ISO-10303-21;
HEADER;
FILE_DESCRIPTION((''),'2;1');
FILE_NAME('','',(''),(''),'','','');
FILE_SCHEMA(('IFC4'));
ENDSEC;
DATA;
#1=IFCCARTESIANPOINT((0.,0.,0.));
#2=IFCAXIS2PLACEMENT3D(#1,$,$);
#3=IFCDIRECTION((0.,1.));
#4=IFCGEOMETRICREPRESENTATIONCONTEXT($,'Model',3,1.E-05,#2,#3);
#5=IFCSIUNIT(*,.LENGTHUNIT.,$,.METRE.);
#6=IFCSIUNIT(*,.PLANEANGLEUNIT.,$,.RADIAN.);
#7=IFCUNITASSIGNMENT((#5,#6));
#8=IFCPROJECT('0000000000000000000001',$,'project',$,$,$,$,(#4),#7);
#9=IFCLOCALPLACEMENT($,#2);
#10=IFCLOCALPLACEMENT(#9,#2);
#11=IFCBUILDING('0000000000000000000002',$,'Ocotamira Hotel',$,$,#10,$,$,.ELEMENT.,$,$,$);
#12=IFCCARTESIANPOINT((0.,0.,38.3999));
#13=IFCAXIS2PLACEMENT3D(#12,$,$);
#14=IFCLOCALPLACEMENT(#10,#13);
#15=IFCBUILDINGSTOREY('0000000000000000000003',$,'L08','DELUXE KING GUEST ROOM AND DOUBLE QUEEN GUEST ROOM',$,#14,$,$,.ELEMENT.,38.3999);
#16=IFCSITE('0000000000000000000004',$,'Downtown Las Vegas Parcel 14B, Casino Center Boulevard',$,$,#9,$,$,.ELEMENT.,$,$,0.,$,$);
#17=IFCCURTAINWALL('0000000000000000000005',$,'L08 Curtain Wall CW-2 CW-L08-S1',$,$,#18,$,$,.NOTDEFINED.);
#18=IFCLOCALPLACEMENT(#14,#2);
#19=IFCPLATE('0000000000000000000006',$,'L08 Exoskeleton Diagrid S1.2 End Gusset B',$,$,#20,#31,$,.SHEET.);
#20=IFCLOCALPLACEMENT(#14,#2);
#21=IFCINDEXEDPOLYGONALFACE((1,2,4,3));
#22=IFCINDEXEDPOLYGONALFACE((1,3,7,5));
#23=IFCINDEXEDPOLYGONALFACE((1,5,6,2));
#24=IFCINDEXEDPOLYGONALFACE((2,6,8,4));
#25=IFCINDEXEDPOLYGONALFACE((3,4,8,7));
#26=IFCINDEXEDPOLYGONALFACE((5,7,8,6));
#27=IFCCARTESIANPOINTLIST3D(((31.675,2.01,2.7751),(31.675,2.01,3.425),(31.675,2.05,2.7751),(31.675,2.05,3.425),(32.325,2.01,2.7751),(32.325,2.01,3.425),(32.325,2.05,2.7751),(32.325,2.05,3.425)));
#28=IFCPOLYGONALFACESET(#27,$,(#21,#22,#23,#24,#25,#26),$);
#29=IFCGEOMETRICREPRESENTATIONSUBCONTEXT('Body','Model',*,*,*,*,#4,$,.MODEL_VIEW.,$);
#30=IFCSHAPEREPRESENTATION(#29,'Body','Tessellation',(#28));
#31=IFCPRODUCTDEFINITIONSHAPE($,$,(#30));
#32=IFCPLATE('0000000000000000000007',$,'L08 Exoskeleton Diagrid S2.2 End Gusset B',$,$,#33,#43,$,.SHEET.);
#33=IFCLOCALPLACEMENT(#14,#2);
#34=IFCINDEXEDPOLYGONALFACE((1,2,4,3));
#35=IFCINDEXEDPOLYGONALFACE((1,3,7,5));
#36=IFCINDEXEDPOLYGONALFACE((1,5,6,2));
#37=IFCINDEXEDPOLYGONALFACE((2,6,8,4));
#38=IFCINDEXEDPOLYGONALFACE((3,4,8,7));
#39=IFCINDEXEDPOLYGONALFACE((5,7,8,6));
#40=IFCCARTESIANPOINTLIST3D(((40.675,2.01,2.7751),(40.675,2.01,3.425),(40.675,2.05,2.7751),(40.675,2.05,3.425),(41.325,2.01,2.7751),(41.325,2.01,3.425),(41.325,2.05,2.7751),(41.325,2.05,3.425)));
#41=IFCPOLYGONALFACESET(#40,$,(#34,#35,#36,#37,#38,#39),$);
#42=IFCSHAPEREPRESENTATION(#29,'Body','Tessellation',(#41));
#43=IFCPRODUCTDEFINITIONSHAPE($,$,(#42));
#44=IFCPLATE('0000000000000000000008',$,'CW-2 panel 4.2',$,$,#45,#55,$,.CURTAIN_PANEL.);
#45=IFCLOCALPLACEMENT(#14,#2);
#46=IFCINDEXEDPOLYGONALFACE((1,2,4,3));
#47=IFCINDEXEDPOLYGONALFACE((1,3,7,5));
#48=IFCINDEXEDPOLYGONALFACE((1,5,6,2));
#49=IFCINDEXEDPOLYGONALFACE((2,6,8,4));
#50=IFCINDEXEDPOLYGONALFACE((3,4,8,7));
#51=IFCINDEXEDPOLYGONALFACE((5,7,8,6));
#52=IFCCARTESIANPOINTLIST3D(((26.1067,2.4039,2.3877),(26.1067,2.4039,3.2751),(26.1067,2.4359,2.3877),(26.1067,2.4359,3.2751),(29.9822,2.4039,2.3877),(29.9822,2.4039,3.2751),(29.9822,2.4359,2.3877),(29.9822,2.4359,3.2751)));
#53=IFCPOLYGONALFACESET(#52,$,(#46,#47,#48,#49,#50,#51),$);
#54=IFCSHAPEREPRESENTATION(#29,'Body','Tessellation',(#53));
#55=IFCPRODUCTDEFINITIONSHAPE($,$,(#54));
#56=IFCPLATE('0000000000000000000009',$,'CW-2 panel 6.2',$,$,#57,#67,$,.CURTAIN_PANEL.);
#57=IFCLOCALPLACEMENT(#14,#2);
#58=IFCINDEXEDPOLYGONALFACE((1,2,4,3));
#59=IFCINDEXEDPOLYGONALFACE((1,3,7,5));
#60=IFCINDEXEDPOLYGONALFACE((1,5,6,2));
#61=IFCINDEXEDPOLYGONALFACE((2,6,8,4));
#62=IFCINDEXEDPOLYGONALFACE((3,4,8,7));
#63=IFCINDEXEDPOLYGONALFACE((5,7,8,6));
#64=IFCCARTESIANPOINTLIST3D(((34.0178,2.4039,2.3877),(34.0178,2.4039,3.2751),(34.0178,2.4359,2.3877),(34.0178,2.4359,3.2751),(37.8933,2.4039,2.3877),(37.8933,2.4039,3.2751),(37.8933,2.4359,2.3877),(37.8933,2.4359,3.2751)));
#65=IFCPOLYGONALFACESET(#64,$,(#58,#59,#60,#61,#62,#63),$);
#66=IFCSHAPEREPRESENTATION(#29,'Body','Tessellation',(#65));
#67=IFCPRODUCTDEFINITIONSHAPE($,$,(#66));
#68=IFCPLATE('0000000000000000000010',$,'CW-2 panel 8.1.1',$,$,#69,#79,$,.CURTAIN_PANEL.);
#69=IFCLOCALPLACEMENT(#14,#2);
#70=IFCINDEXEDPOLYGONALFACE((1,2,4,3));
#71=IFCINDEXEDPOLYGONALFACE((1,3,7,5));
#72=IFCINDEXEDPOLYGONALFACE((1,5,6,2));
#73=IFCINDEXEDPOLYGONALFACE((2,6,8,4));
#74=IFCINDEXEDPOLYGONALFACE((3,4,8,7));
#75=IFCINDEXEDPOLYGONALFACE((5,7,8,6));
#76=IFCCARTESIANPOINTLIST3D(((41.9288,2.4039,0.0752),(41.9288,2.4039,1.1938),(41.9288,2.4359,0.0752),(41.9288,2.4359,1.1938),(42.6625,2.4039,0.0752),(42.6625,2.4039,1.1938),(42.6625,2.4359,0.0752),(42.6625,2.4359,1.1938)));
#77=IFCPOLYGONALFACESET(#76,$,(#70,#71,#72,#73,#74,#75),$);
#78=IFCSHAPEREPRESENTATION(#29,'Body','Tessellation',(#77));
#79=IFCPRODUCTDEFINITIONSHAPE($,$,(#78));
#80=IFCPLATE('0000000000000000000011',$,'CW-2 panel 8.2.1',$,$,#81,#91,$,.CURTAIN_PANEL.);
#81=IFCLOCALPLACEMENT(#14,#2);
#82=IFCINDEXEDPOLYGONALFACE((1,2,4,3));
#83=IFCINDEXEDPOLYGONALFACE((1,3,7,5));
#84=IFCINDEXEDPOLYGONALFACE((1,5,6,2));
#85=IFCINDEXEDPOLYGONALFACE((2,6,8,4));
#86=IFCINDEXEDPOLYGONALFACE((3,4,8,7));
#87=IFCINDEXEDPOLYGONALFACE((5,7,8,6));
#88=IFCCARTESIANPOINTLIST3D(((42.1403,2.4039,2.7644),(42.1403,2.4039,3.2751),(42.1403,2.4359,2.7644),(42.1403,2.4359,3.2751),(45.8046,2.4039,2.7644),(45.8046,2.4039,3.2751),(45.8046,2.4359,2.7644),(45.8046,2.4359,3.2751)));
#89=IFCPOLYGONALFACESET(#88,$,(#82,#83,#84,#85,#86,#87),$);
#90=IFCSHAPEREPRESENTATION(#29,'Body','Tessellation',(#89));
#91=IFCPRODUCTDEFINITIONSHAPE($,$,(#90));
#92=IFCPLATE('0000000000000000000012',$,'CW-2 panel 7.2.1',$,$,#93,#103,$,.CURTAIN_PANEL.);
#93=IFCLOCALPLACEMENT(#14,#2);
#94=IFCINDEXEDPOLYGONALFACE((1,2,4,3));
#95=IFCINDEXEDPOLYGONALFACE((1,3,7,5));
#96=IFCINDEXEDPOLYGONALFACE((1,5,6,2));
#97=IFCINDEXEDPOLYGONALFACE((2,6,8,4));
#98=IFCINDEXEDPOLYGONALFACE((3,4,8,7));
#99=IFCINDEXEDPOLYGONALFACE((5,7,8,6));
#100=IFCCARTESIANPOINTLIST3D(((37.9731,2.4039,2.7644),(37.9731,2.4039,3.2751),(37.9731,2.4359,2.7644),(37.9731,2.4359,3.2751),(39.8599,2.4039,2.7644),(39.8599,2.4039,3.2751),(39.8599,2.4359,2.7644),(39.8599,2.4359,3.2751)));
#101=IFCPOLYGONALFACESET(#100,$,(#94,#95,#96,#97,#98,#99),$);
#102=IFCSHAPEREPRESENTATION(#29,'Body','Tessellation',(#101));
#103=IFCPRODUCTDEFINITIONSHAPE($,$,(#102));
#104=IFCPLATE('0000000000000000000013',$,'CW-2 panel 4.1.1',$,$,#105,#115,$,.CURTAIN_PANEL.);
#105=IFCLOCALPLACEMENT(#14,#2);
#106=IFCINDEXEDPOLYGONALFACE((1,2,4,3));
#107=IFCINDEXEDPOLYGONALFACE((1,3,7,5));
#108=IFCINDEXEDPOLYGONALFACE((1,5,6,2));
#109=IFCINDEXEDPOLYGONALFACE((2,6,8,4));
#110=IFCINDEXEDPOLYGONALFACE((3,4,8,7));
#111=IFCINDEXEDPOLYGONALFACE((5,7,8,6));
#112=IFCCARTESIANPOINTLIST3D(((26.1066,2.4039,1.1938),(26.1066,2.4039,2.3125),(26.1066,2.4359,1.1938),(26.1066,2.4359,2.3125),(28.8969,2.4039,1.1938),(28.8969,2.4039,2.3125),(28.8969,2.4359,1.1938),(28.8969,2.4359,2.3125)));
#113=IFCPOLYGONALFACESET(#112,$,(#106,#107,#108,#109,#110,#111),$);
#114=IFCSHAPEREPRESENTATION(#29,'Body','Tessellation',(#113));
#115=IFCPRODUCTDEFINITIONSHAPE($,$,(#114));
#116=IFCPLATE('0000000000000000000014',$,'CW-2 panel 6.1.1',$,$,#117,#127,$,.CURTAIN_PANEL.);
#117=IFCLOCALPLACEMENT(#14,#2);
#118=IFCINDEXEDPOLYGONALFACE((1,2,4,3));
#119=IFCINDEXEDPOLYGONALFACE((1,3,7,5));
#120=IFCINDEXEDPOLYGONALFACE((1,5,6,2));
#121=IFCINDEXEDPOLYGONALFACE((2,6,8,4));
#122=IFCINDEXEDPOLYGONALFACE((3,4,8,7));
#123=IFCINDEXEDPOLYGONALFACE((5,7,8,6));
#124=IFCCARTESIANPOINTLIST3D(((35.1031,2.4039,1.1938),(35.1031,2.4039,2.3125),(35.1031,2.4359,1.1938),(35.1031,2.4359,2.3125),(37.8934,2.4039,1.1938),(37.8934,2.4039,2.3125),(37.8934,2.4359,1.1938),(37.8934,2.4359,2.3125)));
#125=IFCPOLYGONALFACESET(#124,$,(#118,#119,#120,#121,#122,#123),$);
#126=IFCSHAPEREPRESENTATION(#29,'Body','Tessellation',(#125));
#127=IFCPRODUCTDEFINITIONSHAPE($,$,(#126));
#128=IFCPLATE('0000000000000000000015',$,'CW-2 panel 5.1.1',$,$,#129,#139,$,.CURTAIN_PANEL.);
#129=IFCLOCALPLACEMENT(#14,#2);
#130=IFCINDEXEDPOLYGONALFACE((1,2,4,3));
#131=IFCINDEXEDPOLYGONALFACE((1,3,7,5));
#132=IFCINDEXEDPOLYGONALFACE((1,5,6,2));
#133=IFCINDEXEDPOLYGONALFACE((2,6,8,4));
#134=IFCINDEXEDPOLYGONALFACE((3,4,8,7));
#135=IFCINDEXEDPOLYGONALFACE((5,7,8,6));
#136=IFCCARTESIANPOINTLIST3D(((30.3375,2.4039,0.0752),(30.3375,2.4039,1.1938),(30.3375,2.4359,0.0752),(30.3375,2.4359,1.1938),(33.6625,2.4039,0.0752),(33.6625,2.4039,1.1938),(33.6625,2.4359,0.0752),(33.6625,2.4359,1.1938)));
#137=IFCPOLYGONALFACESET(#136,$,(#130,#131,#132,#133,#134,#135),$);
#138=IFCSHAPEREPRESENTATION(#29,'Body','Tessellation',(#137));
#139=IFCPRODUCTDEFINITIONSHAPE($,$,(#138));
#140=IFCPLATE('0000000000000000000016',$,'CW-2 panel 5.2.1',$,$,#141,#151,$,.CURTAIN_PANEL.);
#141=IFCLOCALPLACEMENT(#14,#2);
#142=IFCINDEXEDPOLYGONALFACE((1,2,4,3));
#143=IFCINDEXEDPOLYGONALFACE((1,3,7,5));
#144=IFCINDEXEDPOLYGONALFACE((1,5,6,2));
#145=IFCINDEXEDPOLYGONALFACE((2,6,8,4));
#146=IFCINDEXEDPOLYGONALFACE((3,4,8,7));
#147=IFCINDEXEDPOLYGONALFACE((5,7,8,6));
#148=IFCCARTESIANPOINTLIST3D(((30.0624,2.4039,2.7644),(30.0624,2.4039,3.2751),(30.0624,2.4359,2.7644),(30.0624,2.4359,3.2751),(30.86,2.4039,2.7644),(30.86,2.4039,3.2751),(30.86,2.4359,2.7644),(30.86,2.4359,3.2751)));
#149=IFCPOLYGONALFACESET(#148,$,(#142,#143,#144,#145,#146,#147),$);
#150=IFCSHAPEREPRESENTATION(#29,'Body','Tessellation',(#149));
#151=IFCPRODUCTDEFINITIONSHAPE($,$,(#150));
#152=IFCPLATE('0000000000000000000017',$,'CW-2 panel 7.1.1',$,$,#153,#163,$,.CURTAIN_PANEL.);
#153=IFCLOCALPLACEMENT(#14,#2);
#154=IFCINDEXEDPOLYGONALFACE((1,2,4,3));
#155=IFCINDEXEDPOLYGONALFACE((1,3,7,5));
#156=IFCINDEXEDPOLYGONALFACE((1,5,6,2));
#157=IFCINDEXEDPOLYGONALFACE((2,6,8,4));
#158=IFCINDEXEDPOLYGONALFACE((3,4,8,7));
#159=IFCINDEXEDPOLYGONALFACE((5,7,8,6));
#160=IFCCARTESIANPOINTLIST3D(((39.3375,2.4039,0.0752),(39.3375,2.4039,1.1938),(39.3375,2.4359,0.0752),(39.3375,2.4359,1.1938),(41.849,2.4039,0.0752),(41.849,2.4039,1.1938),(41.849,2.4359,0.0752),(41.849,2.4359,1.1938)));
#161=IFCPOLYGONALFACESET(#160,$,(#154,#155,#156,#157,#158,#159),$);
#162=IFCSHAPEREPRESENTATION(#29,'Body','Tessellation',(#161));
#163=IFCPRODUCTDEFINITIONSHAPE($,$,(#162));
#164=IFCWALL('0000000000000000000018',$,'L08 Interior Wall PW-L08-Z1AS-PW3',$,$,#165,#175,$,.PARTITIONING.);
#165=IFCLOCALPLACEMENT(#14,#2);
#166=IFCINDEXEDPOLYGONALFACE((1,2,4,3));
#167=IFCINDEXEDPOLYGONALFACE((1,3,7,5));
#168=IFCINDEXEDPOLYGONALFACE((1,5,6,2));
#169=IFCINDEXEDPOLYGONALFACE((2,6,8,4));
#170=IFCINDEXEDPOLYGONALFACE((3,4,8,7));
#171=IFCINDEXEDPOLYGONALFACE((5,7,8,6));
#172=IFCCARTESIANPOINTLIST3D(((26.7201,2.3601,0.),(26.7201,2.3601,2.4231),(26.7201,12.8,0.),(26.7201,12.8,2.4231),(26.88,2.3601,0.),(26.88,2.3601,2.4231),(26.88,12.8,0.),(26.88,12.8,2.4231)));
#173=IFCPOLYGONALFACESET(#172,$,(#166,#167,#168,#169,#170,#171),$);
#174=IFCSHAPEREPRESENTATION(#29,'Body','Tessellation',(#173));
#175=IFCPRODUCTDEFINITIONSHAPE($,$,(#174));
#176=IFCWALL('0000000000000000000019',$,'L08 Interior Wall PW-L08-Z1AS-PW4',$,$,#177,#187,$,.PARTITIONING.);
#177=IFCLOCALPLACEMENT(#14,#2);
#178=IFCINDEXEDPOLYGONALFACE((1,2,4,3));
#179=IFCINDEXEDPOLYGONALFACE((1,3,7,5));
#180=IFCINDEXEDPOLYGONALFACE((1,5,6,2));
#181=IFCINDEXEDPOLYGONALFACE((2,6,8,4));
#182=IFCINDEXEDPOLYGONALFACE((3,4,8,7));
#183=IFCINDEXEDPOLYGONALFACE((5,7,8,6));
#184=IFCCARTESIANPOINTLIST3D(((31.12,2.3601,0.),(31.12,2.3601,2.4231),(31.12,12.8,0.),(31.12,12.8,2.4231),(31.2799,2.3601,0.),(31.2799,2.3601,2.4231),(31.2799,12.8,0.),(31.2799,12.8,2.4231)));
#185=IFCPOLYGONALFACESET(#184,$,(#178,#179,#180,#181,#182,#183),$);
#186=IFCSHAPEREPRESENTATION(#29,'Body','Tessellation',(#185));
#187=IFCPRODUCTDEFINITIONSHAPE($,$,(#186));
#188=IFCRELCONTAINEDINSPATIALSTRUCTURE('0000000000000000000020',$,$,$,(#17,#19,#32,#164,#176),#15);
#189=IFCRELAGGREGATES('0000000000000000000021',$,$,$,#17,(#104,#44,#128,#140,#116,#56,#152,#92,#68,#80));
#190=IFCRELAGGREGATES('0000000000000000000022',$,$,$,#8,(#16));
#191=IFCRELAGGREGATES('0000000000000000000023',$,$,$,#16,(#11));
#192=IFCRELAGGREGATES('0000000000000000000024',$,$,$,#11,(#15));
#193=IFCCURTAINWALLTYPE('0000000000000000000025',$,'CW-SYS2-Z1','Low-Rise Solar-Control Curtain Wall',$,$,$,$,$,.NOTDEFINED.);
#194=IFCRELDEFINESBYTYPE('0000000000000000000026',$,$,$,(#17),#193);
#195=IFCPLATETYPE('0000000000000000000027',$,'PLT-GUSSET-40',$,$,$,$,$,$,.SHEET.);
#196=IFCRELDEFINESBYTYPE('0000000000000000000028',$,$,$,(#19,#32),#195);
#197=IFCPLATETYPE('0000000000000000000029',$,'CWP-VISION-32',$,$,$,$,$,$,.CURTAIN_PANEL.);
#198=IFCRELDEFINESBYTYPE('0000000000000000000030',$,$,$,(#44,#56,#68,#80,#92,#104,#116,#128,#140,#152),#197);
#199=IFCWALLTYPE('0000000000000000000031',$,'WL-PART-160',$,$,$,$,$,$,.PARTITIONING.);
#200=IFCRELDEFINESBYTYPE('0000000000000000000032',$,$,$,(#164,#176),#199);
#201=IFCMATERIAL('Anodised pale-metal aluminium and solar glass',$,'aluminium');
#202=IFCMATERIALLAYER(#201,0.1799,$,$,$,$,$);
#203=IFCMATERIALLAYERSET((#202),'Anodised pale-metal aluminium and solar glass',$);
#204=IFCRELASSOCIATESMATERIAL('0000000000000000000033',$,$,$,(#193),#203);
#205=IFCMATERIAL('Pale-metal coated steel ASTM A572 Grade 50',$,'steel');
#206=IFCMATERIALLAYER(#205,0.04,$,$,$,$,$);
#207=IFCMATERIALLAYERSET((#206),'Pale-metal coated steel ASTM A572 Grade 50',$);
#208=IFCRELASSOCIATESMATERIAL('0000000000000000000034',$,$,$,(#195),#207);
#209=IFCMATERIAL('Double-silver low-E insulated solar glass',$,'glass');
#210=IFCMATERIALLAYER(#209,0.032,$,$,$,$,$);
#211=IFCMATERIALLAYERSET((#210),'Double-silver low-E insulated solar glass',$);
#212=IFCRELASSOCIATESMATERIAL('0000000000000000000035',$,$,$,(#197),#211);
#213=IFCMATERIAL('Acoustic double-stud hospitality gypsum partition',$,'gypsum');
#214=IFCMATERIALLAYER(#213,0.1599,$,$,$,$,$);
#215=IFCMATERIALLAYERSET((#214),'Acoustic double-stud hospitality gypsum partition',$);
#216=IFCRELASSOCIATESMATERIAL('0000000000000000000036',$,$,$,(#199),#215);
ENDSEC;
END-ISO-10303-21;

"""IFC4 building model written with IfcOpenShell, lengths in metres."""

from ifc_helpers import new_model, si_unit, direction, frame, frame_2d, origin, origin_2d, place, context, subcontext, project, spatial, rectangle, extrude, source, transform, mapped, material, layer, layer_set, type_object, element, aggregate, save


model = new_model("IFC4")

# Units and contexts
model_context = context("Model", 3, precision=1e-05, world=origin(), true_north=direction((0.0, 1.0)))
body_context = subcontext(model_context, "Body", "Model", "MODEL_VIEW")
ifc_project = project(units=[si_unit("LENGTHUNIT", "METRE"), si_unit("PLANEANGLEUNIT", "RADIAN")], contexts=[model_context])

# Site, building, storey
site_placement = place(None, origin())
site = spatial("IfcSite", under=ifc_project, at=site_placement, Name="Downtown Las Vegas Parcel 14B, Casino Center Boulevard", CompositionType="ELEMENT", RefElevation=0.0)
building_placement = place(site_placement, origin())
building = spatial("IfcBuilding", under=site, at=building_placement, Name="Ocotamira Hotel", CompositionType="ELEMENT")
storey_placement = place(building_placement, frame((0.0, 0.0, 38.3999)))
storey = spatial("IfcBuildingStorey", under=building, at=storey_placement, Name="L08", Description="DELUXE KING GUEST ROOM AND DOUBLE QUEEN GUEST ROOM", CompositionType="ELEMENT", Elevation=38.3999)

# Curtain wall
ifc_material_1 = material(Name="Anodised pale-metal aluminium and solar glass", Category="aluminium")
ifc_layer_1 = layer(ifc_material_1, 0.1799)
ifc_layer_set_1 = layer_set([ifc_layer_1], Name="Anodised pale-metal aluminium and solar glass")
curtain_wall_type = type_object("IfcCurtainWallType", Name="CW-SYS2-Z1", Description="Low-Rise Solar-Control Curtain Wall", PredefinedType="NOTDEFINED", material=ifc_layer_set_1)
curtain_wall_placement = place(storey_placement, origin())
curtain_wall = element("IfcCurtainWall", 1, at=curtain_wall_placement, inside=storey, type_object=curtain_wall_type, Name="L08 Curtain Wall CW-2 CW-L08-S1", PredefinedType="NOTDEFINED")

# Plates
ifc_material_2 = material(Name="Pale-metal coated steel ASTM A572 Grade 50", Category="steel")
ifc_layer_2 = layer(ifc_material_2, 0.04)
ifc_layer_set_2 = layer_set([ifc_layer_2], Name="Pale-metal coated steel ASTM A572 Grade 50")
plate_type_1 = type_object("IfcPlateType", Name="PLT-GUSSET-40", PredefinedType="SHEET", material=ifc_layer_set_2)
shared_shape_1 = source(origin(), body_context, "Body", "SweptSolid", [
    extrude(rectangle(XDim=0.6499, YDim=0.04, at=origin_2d()), origin(), (0.0, 0.0, 1.0), 0.6499),
])
for number, where, z_axis, x_axis, name in (
    (2, (32.0, 2.03, 2.7751), (0.0, 0.0, 1.0), (1.0, 0.0, 0.0), "L08 Exoskeleton Diagrid S1.2 End Gusset B"),
    (3, (41.0, 2.03, 2.7751), (0.0, 0.0, 1.0), (1.0, 0.0, 0.0), "L08 Exoskeleton Diagrid S2.2 End Gusset B"),
):
    element("IfcPlate", number, at=place(storey_placement, frame(where, z_axis=z_axis, x_axis=x_axis)), inside=storey, type_object=plate_type_1, Name=name, PredefinedType="SHEET", context=body_context, shape_type="MappedRepresentation", body=[
        mapped(shared_shape_1, transform((0.0, 0.0, 0.0), scale=1.0)),
    ])

# Plates
ifc_material_3 = material(Name="Double-silver low-E insulated solar glass", Category="glass")
ifc_layer_3 = layer(ifc_material_3, 0.032)
ifc_layer_set_3 = layer_set([ifc_layer_3], Name="Double-silver low-E insulated solar glass")
plate_type_2 = type_object("IfcPlateType", Name="CWP-VISION-32", PredefinedType="CURTAIN_PANEL", material=ifc_layer_set_3)
shared_shape_2 = source(origin(), body_context, "Body", "SweptSolid", [
    extrude(rectangle(XDim=3.8755, YDim=0.032, at=origin_2d()), origin(), (0.0, 0.0, 1.0), 0.8875),
])
plate_1_placement = place(storey_placement, frame((28.0444, 2.4199, 2.3877), z_axis=(0.0, 0.0, 1.0), x_axis=(1.0, 0.0, 0.0)))
plate_1 = element("IfcPlate", 4, at=plate_1_placement, type_object=plate_type_2, Name="CW-2 panel 4.2", PredefinedType="CURTAIN_PANEL", context=body_context, shape_type="MappedRepresentation", body=[
    mapped(shared_shape_2, transform((0.0, 0.0, 0.0), scale=1.0)),
])
plate_2_placement = place(storey_placement, frame((35.9556, 2.4199, 2.3877), z_axis=(0.0, 0.0, 1.0), x_axis=(1.0, 0.0, 0.0)))
plate_2 = element("IfcPlate", 5, at=plate_2_placement, type_object=plate_type_2, Name="CW-2 panel 6.2", PredefinedType="CURTAIN_PANEL", context=body_context, shape_type="MappedRepresentation", body=[
    mapped(shared_shape_2, transform((0.0, 0.0, 0.0), scale=1.0)),
])
shared_shape_3 = source(origin(), body_context, "Body", "SweptSolid", [
    extrude(rectangle(XDim=0.7336, YDim=0.032, at=origin_2d()), origin(), (0.0, 0.0, 1.0), 1.1187),
])
plate_3_placement = place(storey_placement, frame((42.2957, 2.4199, 0.0752), z_axis=(0.0, 0.0, 1.0), x_axis=(1.0, 0.0, 0.0)))
plate_3 = element("IfcPlate", 6, at=plate_3_placement, type_object=plate_type_2, Name="CW-2 panel 8.1.1", PredefinedType="CURTAIN_PANEL", context=body_context, shape_type="MappedRepresentation", body=[
    mapped(shared_shape_3, transform((0.0, 0.0, 0.0), scale=1.0)),
])
shared_shape_4 = source(origin(), body_context, "Body", "SweptSolid", [
    extrude(rectangle(XDim=3.6643, YDim=0.032, at=origin_2d()), origin(), (0.0, 0.0, 1.0), 0.5107),
])
plate_4_placement = place(storey_placement, frame((43.9724, 2.4199, 2.7644), z_axis=(0.0, 0.0, 1.0), x_axis=(1.0, 0.0, 0.0)))
plate_4 = element("IfcPlate", 7, at=plate_4_placement, type_object=plate_type_2, Name="CW-2 panel 8.2.1", PredefinedType="CURTAIN_PANEL", context=body_context, shape_type="MappedRepresentation", body=[
    mapped(shared_shape_4, transform((0.0, 0.0, 0.0), scale=1.0)),
])
shared_shape_5 = source(origin(), body_context, "Body", "SweptSolid", [
    extrude(rectangle(XDim=1.8867, YDim=0.032, at=origin_2d()), origin(), (0.0, 0.0, 1.0), 0.5107),
])
plate_5_placement = place(storey_placement, frame((38.9165, 2.4199, 2.7644), z_axis=(0.0, 0.0, 1.0), x_axis=(1.0, 0.0, 0.0)))
plate_5 = element("IfcPlate", 8, at=plate_5_placement, type_object=plate_type_2, Name="CW-2 panel 7.2.1", PredefinedType="CURTAIN_PANEL", context=body_context, shape_type="MappedRepresentation", body=[
    mapped(shared_shape_5, transform((0.0, 0.0, 0.0), scale=1.0)),
])
shared_shape_6 = source(origin(), body_context, "Body", "SweptSolid", [
    extrude(rectangle(XDim=2.7903, YDim=0.032, at=origin_2d()), origin(), (0.0, 0.0, 1.0), 1.1187),
])
plate_6_placement = place(storey_placement, frame((27.5017, 2.4199, 1.1938), z_axis=(0.0, 0.0, 1.0), x_axis=(1.0, 0.0, 0.0)))
plate_6 = element("IfcPlate", 9, at=plate_6_placement, type_object=plate_type_2, Name="CW-2 panel 4.1.1", PredefinedType="CURTAIN_PANEL", context=body_context, shape_type="MappedRepresentation", body=[
    mapped(shared_shape_6, transform((0.0, 0.0, 0.0), scale=1.0)),
])
plate_7_placement = place(storey_placement, frame((36.4983, 2.4199, 1.1938), z_axis=(0.0, 0.0, 1.0), x_axis=(1.0, 0.0, 0.0)))
plate_7 = element("IfcPlate", 10, at=plate_7_placement, type_object=plate_type_2, Name="CW-2 panel 6.1.1", PredefinedType="CURTAIN_PANEL", context=body_context, shape_type="MappedRepresentation", body=[
    mapped(shared_shape_6, transform((0.0, 0.0, 0.0), scale=1.0)),
])
shared_shape_7 = source(origin(), body_context, "Body", "SweptSolid", [
    extrude(rectangle(XDim=3.325, YDim=0.032, at=origin_2d()), origin(), (0.0, 0.0, 1.0), 1.1187),
])
plate_8_placement = place(storey_placement, frame((32.0, 2.4199, 0.0752), z_axis=(0.0, 0.0, 1.0), x_axis=(1.0, 0.0, 0.0)))
plate_8 = element("IfcPlate", 11, at=plate_8_placement, type_object=plate_type_2, Name="CW-2 panel 5.1.1", PredefinedType="CURTAIN_PANEL", context=body_context, shape_type="MappedRepresentation", body=[
    mapped(shared_shape_7, transform((0.0, 0.0, 0.0), scale=1.0)),
])
shared_shape_8 = source(origin(), body_context, "Body", "SweptSolid", [
    extrude(rectangle(XDim=0.7976, YDim=0.032, at=origin_2d()), origin(), (0.0, 0.0, 1.0), 0.5107),
])
plate_9_placement = place(storey_placement, frame((30.4612, 2.4199, 2.7644), z_axis=(0.0, 0.0, 1.0), x_axis=(1.0, 0.0, 0.0)))
plate_9 = element("IfcPlate", 12, at=plate_9_placement, type_object=plate_type_2, Name="CW-2 panel 5.2.1", PredefinedType="CURTAIN_PANEL", context=body_context, shape_type="MappedRepresentation", body=[
    mapped(shared_shape_8, transform((0.0, 0.0, 0.0), scale=1.0)),
])
shared_shape_9 = source(origin(), body_context, "Body", "SweptSolid", [
    extrude(rectangle(XDim=2.5115, YDim=0.032, at=origin_2d()), origin(), (0.0, 0.0, 1.0), 1.1187),
])
plate_10_placement = place(storey_placement, frame((40.5933, 2.4199, 0.0752), z_axis=(0.0, 0.0, 1.0), x_axis=(1.0, 0.0, 0.0)))
plate_10 = element("IfcPlate", 13, at=plate_10_placement, type_object=plate_type_2, Name="CW-2 panel 7.1.1", PredefinedType="CURTAIN_PANEL", context=body_context, shape_type="MappedRepresentation", body=[
    mapped(shared_shape_9, transform((0.0, 0.0, 0.0), scale=1.0)),
])
aggregate(curtain_wall, [plate_6, plate_1, plate_8, plate_9, plate_7, plate_2, plate_10, plate_5, plate_3, plate_4])

# Walls
ifc_material_4 = material(Name="Acoustic double-stud hospitality gypsum partition", Category="gypsum")
ifc_layer_4 = layer(ifc_material_4, 0.1599)
ifc_layer_set_4 = layer_set([ifc_layer_4], Name="Acoustic double-stud hospitality gypsum partition")
wall_type = type_object("IfcWallType", Name="WL-PART-160", PredefinedType="PARTITIONING", material=ifc_layer_set_4)
for number, where, z_axis, x_axis, name in (
    (14, (26.8, 2.3601, 0.0), (0.0, 0.0, 1.0), (0.0, 1.0, 0.0), "L08 Interior Wall PW-L08-Z1AS-PW3"),
    (15, (31.2, 2.3601, 0.0), (0.0, 0.0, 1.0), (0.0, 1.0, 0.0), "L08 Interior Wall PW-L08-Z1AS-PW4"),
):
    element("IfcWall", number, at=place(storey_placement, frame(where, z_axis=z_axis, x_axis=x_axis)), inside=storey, type_object=wall_type, Name=name, PredefinedType="PARTITIONING", context=body_context, shape_type="SweptSolid", body=[
        extrude(rectangle(XDim=10.4399, YDim=0.1599, at=frame_2d((5.22, 0.0))), origin(), (0.0, 0.0, 1.0), 2.4231),
    ])

save(model, "model.ifc")
